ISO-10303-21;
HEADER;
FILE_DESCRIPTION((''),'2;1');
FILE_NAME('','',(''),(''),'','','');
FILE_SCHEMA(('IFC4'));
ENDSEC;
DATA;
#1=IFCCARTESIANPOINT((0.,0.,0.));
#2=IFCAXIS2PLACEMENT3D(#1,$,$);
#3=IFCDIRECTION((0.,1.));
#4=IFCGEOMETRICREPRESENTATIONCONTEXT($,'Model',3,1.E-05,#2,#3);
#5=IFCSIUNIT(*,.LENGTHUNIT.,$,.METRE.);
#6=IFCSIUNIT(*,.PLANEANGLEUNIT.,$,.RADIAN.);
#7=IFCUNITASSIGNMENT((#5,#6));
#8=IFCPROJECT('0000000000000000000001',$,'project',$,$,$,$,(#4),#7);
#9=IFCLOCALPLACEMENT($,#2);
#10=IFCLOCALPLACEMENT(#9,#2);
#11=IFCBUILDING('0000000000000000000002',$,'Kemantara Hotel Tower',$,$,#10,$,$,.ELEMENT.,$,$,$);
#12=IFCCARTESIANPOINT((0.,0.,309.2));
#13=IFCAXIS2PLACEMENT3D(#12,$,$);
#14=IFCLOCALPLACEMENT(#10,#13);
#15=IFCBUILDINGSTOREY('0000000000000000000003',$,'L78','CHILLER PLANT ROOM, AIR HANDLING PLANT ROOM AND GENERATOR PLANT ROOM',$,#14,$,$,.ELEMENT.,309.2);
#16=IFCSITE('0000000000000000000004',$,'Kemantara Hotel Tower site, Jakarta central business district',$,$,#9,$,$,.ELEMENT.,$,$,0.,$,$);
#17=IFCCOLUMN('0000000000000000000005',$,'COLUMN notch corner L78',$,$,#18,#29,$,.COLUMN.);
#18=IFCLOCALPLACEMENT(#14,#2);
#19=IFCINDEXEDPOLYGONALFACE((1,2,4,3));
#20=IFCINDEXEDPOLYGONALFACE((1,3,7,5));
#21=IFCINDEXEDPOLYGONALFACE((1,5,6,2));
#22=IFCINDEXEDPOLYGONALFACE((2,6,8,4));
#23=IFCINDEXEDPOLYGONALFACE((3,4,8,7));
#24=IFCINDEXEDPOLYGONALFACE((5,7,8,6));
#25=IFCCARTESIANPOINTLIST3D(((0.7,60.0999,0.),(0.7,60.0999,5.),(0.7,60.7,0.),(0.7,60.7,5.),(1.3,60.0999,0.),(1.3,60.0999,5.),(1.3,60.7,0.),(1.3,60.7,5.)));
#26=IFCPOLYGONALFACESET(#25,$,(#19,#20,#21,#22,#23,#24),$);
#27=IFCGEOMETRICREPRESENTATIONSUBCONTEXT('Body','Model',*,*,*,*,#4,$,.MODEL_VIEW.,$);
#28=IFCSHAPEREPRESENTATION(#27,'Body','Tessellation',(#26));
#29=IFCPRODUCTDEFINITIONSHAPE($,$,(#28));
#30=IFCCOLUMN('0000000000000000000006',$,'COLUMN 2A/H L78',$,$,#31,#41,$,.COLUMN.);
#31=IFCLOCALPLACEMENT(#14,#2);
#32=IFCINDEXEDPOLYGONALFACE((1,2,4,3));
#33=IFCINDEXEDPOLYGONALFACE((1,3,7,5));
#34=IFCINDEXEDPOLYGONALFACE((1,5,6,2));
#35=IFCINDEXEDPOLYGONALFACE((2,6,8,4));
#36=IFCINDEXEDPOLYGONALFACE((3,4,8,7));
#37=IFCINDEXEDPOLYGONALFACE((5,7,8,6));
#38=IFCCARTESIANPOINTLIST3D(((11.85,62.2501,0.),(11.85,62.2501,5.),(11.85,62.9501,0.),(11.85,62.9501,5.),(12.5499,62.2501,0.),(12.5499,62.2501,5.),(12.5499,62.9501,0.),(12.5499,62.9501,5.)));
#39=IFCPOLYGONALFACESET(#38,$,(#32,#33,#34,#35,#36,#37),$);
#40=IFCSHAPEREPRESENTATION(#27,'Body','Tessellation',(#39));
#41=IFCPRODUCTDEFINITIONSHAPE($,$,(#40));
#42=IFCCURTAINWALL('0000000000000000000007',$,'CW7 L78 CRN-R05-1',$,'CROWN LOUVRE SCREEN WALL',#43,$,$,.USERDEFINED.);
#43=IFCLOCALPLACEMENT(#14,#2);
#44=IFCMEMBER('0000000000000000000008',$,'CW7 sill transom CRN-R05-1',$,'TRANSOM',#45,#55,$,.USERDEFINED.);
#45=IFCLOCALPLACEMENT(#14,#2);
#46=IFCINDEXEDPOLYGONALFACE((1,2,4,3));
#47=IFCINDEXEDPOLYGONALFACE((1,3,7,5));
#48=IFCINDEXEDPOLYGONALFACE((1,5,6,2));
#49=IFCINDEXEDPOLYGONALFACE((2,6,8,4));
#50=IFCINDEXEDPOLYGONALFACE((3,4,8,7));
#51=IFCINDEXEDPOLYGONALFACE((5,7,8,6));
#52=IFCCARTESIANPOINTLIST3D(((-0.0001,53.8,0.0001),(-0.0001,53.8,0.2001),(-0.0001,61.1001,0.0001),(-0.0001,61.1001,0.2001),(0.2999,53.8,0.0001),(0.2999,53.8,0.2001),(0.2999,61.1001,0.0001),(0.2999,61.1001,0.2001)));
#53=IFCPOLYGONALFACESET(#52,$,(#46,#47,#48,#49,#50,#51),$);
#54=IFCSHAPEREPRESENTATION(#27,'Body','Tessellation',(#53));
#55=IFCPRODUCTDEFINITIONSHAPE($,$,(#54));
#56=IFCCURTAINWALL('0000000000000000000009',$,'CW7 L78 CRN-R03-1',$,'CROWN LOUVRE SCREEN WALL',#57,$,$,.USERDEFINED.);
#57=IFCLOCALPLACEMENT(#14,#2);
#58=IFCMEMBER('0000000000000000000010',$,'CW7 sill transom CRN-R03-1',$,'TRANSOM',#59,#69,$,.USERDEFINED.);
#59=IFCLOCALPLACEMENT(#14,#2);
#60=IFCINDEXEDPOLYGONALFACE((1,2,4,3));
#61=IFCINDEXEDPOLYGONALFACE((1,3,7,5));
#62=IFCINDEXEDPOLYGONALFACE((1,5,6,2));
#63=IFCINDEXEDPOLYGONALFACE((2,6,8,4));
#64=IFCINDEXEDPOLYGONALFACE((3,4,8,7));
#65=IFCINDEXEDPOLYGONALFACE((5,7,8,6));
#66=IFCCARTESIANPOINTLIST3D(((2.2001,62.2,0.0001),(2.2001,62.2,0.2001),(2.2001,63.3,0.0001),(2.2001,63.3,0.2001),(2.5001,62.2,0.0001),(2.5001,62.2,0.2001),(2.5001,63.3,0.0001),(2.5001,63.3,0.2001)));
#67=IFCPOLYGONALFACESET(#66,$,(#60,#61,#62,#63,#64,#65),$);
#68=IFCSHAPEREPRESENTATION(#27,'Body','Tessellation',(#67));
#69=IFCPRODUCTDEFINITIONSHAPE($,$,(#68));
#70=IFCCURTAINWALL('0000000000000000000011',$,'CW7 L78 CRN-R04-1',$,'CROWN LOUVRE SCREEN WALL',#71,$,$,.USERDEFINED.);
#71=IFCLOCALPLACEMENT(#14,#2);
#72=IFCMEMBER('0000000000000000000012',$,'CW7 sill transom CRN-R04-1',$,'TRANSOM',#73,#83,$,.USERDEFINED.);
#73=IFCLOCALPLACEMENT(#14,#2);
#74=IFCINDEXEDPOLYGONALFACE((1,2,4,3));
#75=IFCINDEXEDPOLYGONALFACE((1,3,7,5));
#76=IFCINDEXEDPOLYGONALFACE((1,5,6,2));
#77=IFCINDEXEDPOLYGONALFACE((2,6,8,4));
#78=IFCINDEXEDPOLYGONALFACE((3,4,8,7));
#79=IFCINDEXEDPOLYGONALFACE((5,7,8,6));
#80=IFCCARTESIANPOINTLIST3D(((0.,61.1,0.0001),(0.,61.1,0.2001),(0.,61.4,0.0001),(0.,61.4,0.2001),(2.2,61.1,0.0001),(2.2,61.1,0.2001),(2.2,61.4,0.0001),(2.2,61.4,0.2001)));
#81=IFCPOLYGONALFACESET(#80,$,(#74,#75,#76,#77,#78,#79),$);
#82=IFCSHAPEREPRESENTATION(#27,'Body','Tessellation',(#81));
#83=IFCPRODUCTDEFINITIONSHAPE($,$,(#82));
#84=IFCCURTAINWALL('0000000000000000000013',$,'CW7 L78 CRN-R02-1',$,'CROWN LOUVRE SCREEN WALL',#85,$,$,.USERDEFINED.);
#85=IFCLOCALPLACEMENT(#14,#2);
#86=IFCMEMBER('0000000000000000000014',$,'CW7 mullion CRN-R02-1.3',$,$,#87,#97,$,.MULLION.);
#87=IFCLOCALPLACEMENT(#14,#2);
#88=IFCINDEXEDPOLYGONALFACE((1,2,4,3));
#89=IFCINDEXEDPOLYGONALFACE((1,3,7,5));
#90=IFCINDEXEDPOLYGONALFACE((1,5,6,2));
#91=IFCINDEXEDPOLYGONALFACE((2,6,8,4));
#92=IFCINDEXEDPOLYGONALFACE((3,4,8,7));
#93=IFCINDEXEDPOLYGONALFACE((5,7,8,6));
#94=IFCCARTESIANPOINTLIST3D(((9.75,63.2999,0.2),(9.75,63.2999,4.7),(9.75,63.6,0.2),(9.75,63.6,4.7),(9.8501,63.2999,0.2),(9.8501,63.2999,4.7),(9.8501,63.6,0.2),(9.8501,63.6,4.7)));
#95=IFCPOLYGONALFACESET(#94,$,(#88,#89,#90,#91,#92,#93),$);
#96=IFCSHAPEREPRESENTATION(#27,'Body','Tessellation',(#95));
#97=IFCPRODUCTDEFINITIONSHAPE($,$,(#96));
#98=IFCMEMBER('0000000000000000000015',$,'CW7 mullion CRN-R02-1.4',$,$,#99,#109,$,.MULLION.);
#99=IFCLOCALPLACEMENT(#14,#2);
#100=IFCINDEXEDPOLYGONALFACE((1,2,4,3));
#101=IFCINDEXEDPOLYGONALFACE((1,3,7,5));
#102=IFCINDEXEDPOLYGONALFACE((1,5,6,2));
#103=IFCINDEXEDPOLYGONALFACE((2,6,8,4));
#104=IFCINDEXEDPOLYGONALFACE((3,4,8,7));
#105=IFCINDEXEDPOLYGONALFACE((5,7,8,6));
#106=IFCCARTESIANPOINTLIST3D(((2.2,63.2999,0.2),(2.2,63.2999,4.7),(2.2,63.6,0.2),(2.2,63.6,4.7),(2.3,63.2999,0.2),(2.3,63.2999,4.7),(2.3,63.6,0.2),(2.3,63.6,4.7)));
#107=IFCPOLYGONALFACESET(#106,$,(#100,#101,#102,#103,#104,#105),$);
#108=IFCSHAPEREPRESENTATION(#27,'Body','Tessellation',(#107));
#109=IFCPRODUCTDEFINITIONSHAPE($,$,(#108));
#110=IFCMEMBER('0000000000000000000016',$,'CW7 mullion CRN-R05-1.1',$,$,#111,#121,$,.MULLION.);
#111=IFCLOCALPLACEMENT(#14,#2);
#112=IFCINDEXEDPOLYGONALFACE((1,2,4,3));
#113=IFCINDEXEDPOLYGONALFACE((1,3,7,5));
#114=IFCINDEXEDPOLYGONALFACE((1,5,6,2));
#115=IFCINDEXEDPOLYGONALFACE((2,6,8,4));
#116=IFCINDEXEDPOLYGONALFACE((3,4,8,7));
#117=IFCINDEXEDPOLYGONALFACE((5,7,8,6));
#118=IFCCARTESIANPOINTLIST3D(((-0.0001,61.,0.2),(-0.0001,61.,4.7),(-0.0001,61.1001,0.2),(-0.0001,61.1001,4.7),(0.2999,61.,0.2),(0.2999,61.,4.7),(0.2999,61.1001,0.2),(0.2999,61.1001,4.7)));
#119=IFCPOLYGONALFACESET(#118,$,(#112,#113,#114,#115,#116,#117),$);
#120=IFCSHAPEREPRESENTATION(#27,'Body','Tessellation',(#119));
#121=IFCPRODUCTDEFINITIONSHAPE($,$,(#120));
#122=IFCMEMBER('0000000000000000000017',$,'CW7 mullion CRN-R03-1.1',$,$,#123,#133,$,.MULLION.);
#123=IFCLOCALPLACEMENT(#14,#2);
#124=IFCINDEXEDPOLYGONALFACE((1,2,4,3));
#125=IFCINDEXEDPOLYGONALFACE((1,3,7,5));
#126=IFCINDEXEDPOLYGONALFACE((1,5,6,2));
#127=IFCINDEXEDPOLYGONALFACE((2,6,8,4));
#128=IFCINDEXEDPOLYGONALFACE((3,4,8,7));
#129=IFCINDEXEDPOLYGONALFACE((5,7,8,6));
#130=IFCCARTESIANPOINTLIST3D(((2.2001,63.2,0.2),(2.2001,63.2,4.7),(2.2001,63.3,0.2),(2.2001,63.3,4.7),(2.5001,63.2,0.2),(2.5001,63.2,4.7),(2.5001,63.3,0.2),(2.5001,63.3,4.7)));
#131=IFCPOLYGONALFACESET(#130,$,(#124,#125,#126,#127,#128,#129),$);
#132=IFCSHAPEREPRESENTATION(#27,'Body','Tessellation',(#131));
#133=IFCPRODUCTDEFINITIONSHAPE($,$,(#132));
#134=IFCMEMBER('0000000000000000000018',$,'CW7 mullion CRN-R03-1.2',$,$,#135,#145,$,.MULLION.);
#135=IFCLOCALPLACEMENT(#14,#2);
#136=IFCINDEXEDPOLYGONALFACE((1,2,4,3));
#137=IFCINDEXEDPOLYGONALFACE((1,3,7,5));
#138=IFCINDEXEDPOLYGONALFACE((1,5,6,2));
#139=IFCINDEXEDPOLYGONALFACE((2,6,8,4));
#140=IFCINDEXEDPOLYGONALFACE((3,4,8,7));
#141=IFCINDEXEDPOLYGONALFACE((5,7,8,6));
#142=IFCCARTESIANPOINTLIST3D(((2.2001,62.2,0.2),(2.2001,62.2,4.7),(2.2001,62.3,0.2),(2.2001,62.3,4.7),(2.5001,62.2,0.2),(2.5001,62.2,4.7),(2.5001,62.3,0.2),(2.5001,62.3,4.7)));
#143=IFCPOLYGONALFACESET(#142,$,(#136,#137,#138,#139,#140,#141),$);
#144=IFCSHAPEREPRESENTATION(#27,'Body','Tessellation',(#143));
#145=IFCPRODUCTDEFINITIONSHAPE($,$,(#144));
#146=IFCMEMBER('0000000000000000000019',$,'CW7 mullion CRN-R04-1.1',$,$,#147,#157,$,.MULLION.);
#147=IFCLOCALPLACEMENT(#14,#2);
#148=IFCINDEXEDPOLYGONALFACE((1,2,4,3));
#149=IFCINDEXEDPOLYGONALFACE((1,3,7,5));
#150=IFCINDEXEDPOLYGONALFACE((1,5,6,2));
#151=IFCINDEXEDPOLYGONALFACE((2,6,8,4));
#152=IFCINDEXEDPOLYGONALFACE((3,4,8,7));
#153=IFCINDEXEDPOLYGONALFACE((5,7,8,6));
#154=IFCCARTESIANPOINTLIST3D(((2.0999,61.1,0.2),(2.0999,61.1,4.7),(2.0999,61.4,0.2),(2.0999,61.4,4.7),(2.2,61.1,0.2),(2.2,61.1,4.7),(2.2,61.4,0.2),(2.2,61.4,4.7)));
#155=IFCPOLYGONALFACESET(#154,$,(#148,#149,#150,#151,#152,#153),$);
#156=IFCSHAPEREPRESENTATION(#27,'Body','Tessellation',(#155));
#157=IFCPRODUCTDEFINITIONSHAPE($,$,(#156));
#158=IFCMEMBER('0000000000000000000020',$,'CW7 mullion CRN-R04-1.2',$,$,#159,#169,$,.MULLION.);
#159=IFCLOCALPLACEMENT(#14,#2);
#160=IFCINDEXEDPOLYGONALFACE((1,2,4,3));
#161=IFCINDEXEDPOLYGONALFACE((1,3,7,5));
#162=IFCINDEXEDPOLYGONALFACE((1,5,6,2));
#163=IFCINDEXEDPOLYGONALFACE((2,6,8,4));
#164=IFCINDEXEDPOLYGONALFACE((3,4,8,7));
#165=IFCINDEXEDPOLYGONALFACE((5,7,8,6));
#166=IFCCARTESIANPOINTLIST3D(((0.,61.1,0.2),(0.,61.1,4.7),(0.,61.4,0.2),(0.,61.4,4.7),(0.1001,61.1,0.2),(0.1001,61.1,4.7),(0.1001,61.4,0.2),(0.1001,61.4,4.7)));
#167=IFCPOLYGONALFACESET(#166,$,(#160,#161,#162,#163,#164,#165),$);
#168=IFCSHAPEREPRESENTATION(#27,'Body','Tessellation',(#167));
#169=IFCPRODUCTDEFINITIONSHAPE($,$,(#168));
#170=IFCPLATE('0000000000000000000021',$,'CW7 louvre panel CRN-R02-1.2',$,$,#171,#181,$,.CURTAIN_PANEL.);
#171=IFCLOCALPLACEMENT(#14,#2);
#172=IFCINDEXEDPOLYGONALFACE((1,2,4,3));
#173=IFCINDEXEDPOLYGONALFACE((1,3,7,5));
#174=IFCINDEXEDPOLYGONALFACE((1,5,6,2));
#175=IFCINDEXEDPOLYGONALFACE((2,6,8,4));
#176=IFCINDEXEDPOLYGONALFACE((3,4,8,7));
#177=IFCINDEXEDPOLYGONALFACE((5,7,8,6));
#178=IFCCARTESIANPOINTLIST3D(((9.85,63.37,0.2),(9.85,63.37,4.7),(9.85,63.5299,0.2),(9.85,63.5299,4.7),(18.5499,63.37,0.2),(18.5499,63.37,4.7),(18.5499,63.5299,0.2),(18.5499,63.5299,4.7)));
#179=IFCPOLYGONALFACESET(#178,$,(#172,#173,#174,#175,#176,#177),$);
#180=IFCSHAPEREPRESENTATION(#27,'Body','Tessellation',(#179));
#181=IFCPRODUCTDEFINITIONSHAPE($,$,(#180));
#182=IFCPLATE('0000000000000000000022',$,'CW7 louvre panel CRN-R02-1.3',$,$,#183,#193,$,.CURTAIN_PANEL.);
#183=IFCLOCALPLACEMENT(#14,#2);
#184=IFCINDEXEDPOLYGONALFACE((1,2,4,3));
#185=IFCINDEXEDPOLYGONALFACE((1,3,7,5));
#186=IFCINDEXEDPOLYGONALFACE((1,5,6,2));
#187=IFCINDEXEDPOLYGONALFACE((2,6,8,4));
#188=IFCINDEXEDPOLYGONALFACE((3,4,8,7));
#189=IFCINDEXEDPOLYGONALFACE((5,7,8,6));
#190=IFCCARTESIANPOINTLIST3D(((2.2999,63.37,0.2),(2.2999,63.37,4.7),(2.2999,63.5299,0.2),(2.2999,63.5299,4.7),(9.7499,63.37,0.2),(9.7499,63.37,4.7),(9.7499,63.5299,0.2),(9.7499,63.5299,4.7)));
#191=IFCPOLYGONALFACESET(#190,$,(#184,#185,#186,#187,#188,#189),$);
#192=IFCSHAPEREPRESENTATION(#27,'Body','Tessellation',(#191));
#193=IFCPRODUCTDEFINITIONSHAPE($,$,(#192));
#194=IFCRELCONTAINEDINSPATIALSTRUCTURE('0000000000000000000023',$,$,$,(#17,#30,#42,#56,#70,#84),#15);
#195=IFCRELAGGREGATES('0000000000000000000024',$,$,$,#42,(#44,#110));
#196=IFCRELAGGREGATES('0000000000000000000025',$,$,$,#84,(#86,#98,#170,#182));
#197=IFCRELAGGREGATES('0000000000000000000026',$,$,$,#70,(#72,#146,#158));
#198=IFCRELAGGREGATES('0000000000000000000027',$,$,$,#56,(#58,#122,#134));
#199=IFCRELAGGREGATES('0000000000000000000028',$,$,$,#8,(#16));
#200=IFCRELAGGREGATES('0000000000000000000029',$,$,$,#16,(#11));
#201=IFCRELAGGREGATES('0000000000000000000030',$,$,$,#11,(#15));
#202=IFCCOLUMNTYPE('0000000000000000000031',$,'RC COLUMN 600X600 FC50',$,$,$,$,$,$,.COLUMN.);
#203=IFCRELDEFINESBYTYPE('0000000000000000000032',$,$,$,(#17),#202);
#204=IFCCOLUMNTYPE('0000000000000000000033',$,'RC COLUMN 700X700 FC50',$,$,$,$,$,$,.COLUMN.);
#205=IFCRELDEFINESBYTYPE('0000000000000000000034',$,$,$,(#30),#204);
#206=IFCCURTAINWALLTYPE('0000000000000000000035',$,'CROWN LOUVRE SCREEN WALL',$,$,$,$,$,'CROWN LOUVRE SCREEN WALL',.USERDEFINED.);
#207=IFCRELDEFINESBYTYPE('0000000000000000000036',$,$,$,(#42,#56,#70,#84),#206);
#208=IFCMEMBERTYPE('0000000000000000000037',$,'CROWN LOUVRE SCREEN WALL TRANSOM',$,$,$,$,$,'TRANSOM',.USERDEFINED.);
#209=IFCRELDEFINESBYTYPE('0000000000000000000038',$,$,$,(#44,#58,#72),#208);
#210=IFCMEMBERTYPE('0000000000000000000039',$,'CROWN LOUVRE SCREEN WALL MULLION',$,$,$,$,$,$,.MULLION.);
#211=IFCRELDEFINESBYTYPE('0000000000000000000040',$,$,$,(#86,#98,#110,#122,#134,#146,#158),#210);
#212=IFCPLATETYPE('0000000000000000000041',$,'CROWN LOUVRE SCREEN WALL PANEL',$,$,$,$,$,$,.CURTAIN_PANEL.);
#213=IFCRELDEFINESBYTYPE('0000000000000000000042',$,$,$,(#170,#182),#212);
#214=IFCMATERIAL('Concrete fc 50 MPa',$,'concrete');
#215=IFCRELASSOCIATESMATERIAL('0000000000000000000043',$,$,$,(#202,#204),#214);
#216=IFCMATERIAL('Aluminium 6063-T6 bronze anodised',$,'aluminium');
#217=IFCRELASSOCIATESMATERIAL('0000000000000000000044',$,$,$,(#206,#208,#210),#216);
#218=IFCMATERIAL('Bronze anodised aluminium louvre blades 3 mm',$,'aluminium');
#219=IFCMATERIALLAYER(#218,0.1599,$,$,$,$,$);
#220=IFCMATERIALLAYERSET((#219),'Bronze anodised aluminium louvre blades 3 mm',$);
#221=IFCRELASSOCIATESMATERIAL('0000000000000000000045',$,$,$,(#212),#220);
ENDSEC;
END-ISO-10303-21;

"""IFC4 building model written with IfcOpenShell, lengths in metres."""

from ifc_helpers import new_model, si_unit, direction, frame, origin, origin_2d, place, context, subcontext, project, spatial, rectangle, extrude, source, transform, mapped, material, layer, layer_set, material_profile, profile_set, type_object, element, aggregate, save


model = new_model("IFC4")

# Units and contexts
model_context = context("Model", 3, precision=1e-05, world=origin(), true_north=direction((0.0, 1.0)))
body_context = subcontext(model_context, "Body", "Model", "MODEL_VIEW")
ifc_project = project(units=[si_unit("LENGTHUNIT", "METRE"), si_unit("PLANEANGLEUNIT", "RADIAN")], contexts=[model_context])

# Site, building, storey
site_placement = place(None, origin())
site = spatial("IfcSite", under=ifc_project, at=site_placement, Name="Kemantara Hotel Tower site, Jakarta central business district", CompositionType="ELEMENT", RefElevation=0.0)
building_placement = place(site_placement, origin())
building = spatial("IfcBuilding", under=site, at=building_placement, Name="Kemantara Hotel Tower", CompositionType="ELEMENT")
storey_placement = place(building_placement, frame((0.0, 0.0, 309.2)))
storey = spatial("IfcBuildingStorey", under=building, at=storey_placement, Name="L78", Description="CHILLER PLANT ROOM, AIR HANDLING PLANT ROOM AND GENERATOR PLANT ROOM", CompositionType="ELEMENT", Elevation=309.2)

# Columns
ifc_material_1 = material(Name="Concrete fc 50 MPa", Category="concrete")
ifc_material_profile_1 = material_profile(ifc_material_1, rectangle(XDim=0.6001, YDim=0.6001, at=origin_2d()), Name="RC 600X600")
ifc_profile_set_1 = profile_set([ifc_material_profile_1], Name="Concrete fc 50 MPa")
column_type_1 = type_object("IfcColumnType", Name="RC COLUMN 600X600 FC50", PredefinedType="COLUMN", material=ifc_profile_set_1)
column_1_placement = place(storey_placement, frame((1.0, 60.3999, 0.0), z_axis=(0.0, 0.0, 1.0), x_axis=(1.0, 0.0, 0.0)))
element("IfcColumn", 1, at=column_1_placement, inside=storey, type_object=column_type_1, Name="COLUMN notch corner L78", PredefinedType="COLUMN", context=body_context, shape_type="SweptSolid", body=[
    extrude(rectangle(XDim=0.6001, YDim=0.6001, at=origin_2d()), origin(), (0.0, 0.0, 1.0), 5.0),
])
ifc_material_profile_2 = material_profile(ifc_material_1, rectangle(XDim=0.7, YDim=0.7, at=origin_2d()), Name="RC 700X700")
ifc_profile_set_2 = profile_set([ifc_material_profile_2], Name="Concrete fc 50 MPa")
column_type_2 = type_object("IfcColumnType", Name="RC COLUMN 700X700 FC50", PredefinedType="COLUMN", material=ifc_profile_set_2)
column_2_placement = place(storey_placement, frame((12.2, 62.6001, 0.0), z_axis=(0.0, 0.0, 1.0), x_axis=(1.0, 0.0, 0.0)))
element("IfcColumn", 2, at=column_2_placement, inside=storey, type_object=column_type_2, Name="COLUMN 2A/H L78", PredefinedType="COLUMN", context=body_context, shape_type="SweptSolid", body=[
    extrude(rectangle(XDim=0.7, YDim=0.7, at=origin_2d()), origin(), (0.0, 0.0, 1.0), 5.0),
])

# Curtain walls, members
ifc_material_2 = material(Name="Aluminium 6063-T6 bronze anodised", Category="aluminium")
curtain_wall_type = type_object("IfcCurtainWallType", Name="CROWN LOUVRE SCREEN WALL", ElementType="CROWN LOUVRE SCREEN WALL", PredefinedType="USERDEFINED", material=ifc_material_2)
curtain_wall_1_placement = place(storey_placement, origin())
curtain_wall_1 = element("IfcCurtainWall", 3, at=curtain_wall_1_placement, inside=storey, type_object=curtain_wall_type, Name="CW7 L78 CRN-R05-1", ObjectType="CROWN LOUVRE SCREEN WALL", PredefinedType="USERDEFINED")
ifc_material_profile_3 = material_profile(ifc_material_2, rectangle(XDim=0.3, YDim=0.2, at=origin_2d()), Name="CROWN LOUVRE SCREEN WALL TRANSOM")
ifc_profile_set_3 = profile_set([ifc_material_profile_3], Name="Aluminium 6063-T6 bronze anodised")
member_type_1 = type_object("IfcMemberType", Name="CROWN LOUVRE SCREEN WALL TRANSOM", ElementType="TRANSOM", PredefinedType="USERDEFINED", material=ifc_profile_set_3)
member_1_placement = place(storey_placement, frame((0.1499, 61.1001, 0.1001), z_axis=(0.0, -1.0, 0.0), x_axis=(1.0, 0.0, 0.0)))
member_1 = element("IfcMember", 4, at=member_1_placement, type_object=member_type_1, Name="CW7 sill transom CRN-R05-1", ObjectType="TRANSOM", PredefinedType="USERDEFINED", context=body_context, shape_type="SweptSolid", body=[
    extrude(rectangle(XDim=0.3, YDim=0.2, at=origin_2d()), origin(), (0.0, 0.0, 1.0), 7.3),
])
curtain_wall_2_placement = place(storey_placement, origin())
curtain_wall_2 = element("IfcCurtainWall", 5, at=curtain_wall_2_placement, inside=storey, type_object=curtain_wall_type, Name="CW7 L78 CRN-R03-1", ObjectType="CROWN LOUVRE SCREEN WALL", PredefinedType="USERDEFINED")
member_2_placement = place(storey_placement, frame((2.3501, 63.3, 0.1001), z_axis=(0.0, -1.0, 0.0), x_axis=(1.0, 0.0, 0.0)))
member_2 = element("IfcMember", 6, at=member_2_placement, type_object=member_type_1, Name="CW7 sill transom CRN-R03-1", ObjectType="TRANSOM", PredefinedType="USERDEFINED", context=body_context, shape_type="SweptSolid", body=[
    extrude(rectangle(XDim=0.3, YDim=0.2, at=origin_2d()), origin(), (0.0, 0.0, 1.0), 1.1001),
])
curtain_wall_3_placement = place(storey_placement, origin())
curtain_wall_3 = element("IfcCurtainWall", 7, at=curtain_wall_3_placement, inside=storey, type_object=curtain_wall_type, Name="CW7 L78 CRN-R04-1", ObjectType="CROWN LOUVRE SCREEN WALL", PredefinedType="USERDEFINED")
member_3_placement = place(storey_placement, frame((2.2, 61.25, 0.1001), z_axis=(-1.0, 0.0, 0.0), x_axis=(0.0, -1.0, 0.0)))
member_3 = element("IfcMember", 8, at=member_3_placement, type_object=member_type_1, Name="CW7 sill transom CRN-R04-1", ObjectType="TRANSOM", PredefinedType="USERDEFINED", context=body_context, shape_type="SweptSolid", body=[
    extrude(rectangle(XDim=0.3, YDim=0.2, at=origin_2d()), origin(), (0.0, 0.0, 1.0), 2.2),
])

# Curtain wall, members
curtain_wall_4_placement = place(storey_placement, origin())
curtain_wall_4 = element("IfcCurtainWall", 9, at=curtain_wall_4_placement, inside=storey, type_object=curtain_wall_type, Name="CW7 L78 CRN-R02-1", ObjectType="CROWN LOUVRE SCREEN WALL", PredefinedType="USERDEFINED")
ifc_material_profile_4 = material_profile(ifc_material_2, rectangle(XDim=0.3, YDim=0.1001, at=origin_2d()), Name="CROWN LOUVRE SCREEN WALL MULLION")
ifc_profile_set_4 = profile_set([ifc_material_profile_4], Name="Aluminium 6063-T6 bronze anodised")
member_type_2 = type_object("IfcMemberType", Name="CROWN LOUVRE SCREEN WALL MULLION", PredefinedType="MULLION", material=ifc_profile_set_4)
shared_shape_1 = source(origin(), body_context, "Body", "SweptSolid", [
    extrude(rectangle(XDim=0.3, YDim=0.1001, at=origin_2d()), origin(), (0.0, 0.0, 1.0), 4.5),
])
member_4_placement = place(storey_placement, frame((9.8, 63.45, 0.2), z_axis=(0.0, 0.0, 1.0), x_axis=(0.0, -1.0, 0.0)))
member_4 = element("IfcMember", 10, at=member_4_placement, type_object=member_type_2, Name="CW7 mullion CRN-R02-1.3", PredefinedType="MULLION", context=body_context, shape_type="MappedRepresentation", body=[
    mapped(shared_shape_1, transform((0.0, 0.0, 0.0))),
])
member_5_placement = place(storey_placement, frame((2.25, 63.45, 0.2), z_axis=(0.0, 0.0, 1.0), x_axis=(0.0, -1.0, 0.0)))
member_5 = element("IfcMember", 11, at=member_5_placement, type_object=member_type_2, Name="CW7 mullion CRN-R02-1.4", PredefinedType="MULLION", context=body_context, shape_type="MappedRepresentation", body=[
    mapped(shared_shape_1, transform((0.0, 0.0, 0.0))),
])

# Members
member_6_placement = place(storey_placement, frame((0.1499, 61.05, 0.2), z_axis=(0.0, 0.0, 1.0), x_axis=(1.0, 0.0, 0.0)))
member_6 = element("IfcMember", 12, at=member_6_placement, type_object=member_type_2, Name="CW7 mullion CRN-R05-1.1", PredefinedType="MULLION", context=body_context, shape_type="MappedRepresentation", body=[
    mapped(shared_shape_1, transform((0.0, 0.0, 0.0))),
])
aggregate(curtain_wall_1, [member_1, member_6])
member_7_placement = place(storey_placement, frame((2.3501, 63.25, 0.2), z_axis=(0.0, 0.0, 1.0), x_axis=(1.0, 0.0, 0.0)))
member_7 = element("IfcMember", 13, at=member_7_placement, type_object=member_type_2, Name="CW7 mullion CRN-R03-1.1", PredefinedType="MULLION", context=body_context, shape_type="MappedRepresentation", body=[
    mapped(shared_shape_1, transform((0.0, 0.0, 0.0))),
])
member_8_placement = place(storey_placement, frame((2.3501, 62.25, 0.2), z_axis=(0.0, 0.0, 1.0), x_axis=(1.0, 0.0, 0.0)))
member_8 = element("IfcMember", 14, at=member_8_placement, type_object=member_type_2, Name="CW7 mullion CRN-R03-1.2", PredefinedType="MULLION", context=body_context, shape_type="MappedRepresentation", body=[
    mapped(shared_shape_1, transform((0.0, 0.0, 0.0))),
])
member_9_placement = place(storey_placement, frame((2.1499, 61.25, 0.2), z_axis=(0.0, 0.0, 1.0), x_axis=(0.0, -1.0, 0.0)))
member_9 = element("IfcMember", 15, at=member_9_placement, type_object=member_type_2, Name="CW7 mullion CRN-R04-1.1", PredefinedType="MULLION", context=body_context, shape_type="MappedRepresentation", body=[
    mapped(shared_shape_1, transform((0.0, 0.0, 0.0))),
])
member_10_placement = place(storey_placement, frame((0.05, 61.25, 0.2), z_axis=(0.0, 0.0, 1.0), x_axis=(0.0, -1.0, 0.0)))
member_10 = element("IfcMember", 16, at=member_10_placement, type_object=member_type_2, Name="CW7 mullion CRN-R04-1.2", PredefinedType="MULLION", context=body_context, shape_type="MappedRepresentation", body=[
    mapped(shared_shape_1, transform((0.0, 0.0, 0.0))),
])

# Plates
ifc_material_3 = material(Name="Bronze anodised aluminium louvre blades 3 mm", Category="aluminium")
ifc_layer_1 = layer(ifc_material_3, 0.1599)
ifc_layer_set_1 = layer_set([ifc_layer_1], Name="Bronze anodised aluminium louvre blades 3 mm")
plate_type = type_object("IfcPlateType", Name="CROWN LOUVRE SCREEN WALL PANEL", PredefinedType="CURTAIN_PANEL", material=ifc_layer_set_1)
shared_shape_2 = source(origin(), body_context, "Body", "SweptSolid", [
    extrude(rectangle(XDim=8.7, YDim=0.1599, at=origin_2d()), origin(), (0.0, 0.0, 1.0), 4.5),
])
plate_1_placement = place(storey_placement, frame((14.2, 63.45, 0.2), z_axis=(0.0, 0.0, 1.0), x_axis=(-1.0, 0.0, 0.0)))
plate_1 = element("IfcPlate", 17, at=plate_1_placement, type_object=plate_type, Name="CW7 louvre panel CRN-R02-1.2", PredefinedType="CURTAIN_PANEL", context=body_context, shape_type="MappedRepresentation", body=[
    mapped(shared_shape_2, transform((0.0, 0.0, 0.0))),
])
shared_shape_3 = source(origin(), body_context, "Body", "SweptSolid", [
    extrude(rectangle(XDim=7.45, YDim=0.1599, at=origin_2d()), origin(), (0.0, 0.0, 1.0), 4.5),
])
plate_2_placement = place(storey_placement, frame((6.0249, 63.45, 0.2), z_axis=(0.0, 0.0, 1.0), x_axis=(-1.0, 0.0, 0.0)))
plate_2 = element("IfcPlate", 18, at=plate_2_placement, type_object=plate_type, Name="CW7 louvre panel CRN-R02-1.3", PredefinedType="CURTAIN_PANEL", context=body_context, shape_type="MappedRepresentation", body=[
    mapped(shared_shape_3, transform((0.0, 0.0, 0.0))),
])
aggregate(curtain_wall_4, [member_4, member_5, plate_1, plate_2])
aggregate(curtain_wall_3, [member_3, member_9, member_10])
aggregate(curtain_wall_2, [member_2, member_7, member_8])

save(model, "model.ifc")
